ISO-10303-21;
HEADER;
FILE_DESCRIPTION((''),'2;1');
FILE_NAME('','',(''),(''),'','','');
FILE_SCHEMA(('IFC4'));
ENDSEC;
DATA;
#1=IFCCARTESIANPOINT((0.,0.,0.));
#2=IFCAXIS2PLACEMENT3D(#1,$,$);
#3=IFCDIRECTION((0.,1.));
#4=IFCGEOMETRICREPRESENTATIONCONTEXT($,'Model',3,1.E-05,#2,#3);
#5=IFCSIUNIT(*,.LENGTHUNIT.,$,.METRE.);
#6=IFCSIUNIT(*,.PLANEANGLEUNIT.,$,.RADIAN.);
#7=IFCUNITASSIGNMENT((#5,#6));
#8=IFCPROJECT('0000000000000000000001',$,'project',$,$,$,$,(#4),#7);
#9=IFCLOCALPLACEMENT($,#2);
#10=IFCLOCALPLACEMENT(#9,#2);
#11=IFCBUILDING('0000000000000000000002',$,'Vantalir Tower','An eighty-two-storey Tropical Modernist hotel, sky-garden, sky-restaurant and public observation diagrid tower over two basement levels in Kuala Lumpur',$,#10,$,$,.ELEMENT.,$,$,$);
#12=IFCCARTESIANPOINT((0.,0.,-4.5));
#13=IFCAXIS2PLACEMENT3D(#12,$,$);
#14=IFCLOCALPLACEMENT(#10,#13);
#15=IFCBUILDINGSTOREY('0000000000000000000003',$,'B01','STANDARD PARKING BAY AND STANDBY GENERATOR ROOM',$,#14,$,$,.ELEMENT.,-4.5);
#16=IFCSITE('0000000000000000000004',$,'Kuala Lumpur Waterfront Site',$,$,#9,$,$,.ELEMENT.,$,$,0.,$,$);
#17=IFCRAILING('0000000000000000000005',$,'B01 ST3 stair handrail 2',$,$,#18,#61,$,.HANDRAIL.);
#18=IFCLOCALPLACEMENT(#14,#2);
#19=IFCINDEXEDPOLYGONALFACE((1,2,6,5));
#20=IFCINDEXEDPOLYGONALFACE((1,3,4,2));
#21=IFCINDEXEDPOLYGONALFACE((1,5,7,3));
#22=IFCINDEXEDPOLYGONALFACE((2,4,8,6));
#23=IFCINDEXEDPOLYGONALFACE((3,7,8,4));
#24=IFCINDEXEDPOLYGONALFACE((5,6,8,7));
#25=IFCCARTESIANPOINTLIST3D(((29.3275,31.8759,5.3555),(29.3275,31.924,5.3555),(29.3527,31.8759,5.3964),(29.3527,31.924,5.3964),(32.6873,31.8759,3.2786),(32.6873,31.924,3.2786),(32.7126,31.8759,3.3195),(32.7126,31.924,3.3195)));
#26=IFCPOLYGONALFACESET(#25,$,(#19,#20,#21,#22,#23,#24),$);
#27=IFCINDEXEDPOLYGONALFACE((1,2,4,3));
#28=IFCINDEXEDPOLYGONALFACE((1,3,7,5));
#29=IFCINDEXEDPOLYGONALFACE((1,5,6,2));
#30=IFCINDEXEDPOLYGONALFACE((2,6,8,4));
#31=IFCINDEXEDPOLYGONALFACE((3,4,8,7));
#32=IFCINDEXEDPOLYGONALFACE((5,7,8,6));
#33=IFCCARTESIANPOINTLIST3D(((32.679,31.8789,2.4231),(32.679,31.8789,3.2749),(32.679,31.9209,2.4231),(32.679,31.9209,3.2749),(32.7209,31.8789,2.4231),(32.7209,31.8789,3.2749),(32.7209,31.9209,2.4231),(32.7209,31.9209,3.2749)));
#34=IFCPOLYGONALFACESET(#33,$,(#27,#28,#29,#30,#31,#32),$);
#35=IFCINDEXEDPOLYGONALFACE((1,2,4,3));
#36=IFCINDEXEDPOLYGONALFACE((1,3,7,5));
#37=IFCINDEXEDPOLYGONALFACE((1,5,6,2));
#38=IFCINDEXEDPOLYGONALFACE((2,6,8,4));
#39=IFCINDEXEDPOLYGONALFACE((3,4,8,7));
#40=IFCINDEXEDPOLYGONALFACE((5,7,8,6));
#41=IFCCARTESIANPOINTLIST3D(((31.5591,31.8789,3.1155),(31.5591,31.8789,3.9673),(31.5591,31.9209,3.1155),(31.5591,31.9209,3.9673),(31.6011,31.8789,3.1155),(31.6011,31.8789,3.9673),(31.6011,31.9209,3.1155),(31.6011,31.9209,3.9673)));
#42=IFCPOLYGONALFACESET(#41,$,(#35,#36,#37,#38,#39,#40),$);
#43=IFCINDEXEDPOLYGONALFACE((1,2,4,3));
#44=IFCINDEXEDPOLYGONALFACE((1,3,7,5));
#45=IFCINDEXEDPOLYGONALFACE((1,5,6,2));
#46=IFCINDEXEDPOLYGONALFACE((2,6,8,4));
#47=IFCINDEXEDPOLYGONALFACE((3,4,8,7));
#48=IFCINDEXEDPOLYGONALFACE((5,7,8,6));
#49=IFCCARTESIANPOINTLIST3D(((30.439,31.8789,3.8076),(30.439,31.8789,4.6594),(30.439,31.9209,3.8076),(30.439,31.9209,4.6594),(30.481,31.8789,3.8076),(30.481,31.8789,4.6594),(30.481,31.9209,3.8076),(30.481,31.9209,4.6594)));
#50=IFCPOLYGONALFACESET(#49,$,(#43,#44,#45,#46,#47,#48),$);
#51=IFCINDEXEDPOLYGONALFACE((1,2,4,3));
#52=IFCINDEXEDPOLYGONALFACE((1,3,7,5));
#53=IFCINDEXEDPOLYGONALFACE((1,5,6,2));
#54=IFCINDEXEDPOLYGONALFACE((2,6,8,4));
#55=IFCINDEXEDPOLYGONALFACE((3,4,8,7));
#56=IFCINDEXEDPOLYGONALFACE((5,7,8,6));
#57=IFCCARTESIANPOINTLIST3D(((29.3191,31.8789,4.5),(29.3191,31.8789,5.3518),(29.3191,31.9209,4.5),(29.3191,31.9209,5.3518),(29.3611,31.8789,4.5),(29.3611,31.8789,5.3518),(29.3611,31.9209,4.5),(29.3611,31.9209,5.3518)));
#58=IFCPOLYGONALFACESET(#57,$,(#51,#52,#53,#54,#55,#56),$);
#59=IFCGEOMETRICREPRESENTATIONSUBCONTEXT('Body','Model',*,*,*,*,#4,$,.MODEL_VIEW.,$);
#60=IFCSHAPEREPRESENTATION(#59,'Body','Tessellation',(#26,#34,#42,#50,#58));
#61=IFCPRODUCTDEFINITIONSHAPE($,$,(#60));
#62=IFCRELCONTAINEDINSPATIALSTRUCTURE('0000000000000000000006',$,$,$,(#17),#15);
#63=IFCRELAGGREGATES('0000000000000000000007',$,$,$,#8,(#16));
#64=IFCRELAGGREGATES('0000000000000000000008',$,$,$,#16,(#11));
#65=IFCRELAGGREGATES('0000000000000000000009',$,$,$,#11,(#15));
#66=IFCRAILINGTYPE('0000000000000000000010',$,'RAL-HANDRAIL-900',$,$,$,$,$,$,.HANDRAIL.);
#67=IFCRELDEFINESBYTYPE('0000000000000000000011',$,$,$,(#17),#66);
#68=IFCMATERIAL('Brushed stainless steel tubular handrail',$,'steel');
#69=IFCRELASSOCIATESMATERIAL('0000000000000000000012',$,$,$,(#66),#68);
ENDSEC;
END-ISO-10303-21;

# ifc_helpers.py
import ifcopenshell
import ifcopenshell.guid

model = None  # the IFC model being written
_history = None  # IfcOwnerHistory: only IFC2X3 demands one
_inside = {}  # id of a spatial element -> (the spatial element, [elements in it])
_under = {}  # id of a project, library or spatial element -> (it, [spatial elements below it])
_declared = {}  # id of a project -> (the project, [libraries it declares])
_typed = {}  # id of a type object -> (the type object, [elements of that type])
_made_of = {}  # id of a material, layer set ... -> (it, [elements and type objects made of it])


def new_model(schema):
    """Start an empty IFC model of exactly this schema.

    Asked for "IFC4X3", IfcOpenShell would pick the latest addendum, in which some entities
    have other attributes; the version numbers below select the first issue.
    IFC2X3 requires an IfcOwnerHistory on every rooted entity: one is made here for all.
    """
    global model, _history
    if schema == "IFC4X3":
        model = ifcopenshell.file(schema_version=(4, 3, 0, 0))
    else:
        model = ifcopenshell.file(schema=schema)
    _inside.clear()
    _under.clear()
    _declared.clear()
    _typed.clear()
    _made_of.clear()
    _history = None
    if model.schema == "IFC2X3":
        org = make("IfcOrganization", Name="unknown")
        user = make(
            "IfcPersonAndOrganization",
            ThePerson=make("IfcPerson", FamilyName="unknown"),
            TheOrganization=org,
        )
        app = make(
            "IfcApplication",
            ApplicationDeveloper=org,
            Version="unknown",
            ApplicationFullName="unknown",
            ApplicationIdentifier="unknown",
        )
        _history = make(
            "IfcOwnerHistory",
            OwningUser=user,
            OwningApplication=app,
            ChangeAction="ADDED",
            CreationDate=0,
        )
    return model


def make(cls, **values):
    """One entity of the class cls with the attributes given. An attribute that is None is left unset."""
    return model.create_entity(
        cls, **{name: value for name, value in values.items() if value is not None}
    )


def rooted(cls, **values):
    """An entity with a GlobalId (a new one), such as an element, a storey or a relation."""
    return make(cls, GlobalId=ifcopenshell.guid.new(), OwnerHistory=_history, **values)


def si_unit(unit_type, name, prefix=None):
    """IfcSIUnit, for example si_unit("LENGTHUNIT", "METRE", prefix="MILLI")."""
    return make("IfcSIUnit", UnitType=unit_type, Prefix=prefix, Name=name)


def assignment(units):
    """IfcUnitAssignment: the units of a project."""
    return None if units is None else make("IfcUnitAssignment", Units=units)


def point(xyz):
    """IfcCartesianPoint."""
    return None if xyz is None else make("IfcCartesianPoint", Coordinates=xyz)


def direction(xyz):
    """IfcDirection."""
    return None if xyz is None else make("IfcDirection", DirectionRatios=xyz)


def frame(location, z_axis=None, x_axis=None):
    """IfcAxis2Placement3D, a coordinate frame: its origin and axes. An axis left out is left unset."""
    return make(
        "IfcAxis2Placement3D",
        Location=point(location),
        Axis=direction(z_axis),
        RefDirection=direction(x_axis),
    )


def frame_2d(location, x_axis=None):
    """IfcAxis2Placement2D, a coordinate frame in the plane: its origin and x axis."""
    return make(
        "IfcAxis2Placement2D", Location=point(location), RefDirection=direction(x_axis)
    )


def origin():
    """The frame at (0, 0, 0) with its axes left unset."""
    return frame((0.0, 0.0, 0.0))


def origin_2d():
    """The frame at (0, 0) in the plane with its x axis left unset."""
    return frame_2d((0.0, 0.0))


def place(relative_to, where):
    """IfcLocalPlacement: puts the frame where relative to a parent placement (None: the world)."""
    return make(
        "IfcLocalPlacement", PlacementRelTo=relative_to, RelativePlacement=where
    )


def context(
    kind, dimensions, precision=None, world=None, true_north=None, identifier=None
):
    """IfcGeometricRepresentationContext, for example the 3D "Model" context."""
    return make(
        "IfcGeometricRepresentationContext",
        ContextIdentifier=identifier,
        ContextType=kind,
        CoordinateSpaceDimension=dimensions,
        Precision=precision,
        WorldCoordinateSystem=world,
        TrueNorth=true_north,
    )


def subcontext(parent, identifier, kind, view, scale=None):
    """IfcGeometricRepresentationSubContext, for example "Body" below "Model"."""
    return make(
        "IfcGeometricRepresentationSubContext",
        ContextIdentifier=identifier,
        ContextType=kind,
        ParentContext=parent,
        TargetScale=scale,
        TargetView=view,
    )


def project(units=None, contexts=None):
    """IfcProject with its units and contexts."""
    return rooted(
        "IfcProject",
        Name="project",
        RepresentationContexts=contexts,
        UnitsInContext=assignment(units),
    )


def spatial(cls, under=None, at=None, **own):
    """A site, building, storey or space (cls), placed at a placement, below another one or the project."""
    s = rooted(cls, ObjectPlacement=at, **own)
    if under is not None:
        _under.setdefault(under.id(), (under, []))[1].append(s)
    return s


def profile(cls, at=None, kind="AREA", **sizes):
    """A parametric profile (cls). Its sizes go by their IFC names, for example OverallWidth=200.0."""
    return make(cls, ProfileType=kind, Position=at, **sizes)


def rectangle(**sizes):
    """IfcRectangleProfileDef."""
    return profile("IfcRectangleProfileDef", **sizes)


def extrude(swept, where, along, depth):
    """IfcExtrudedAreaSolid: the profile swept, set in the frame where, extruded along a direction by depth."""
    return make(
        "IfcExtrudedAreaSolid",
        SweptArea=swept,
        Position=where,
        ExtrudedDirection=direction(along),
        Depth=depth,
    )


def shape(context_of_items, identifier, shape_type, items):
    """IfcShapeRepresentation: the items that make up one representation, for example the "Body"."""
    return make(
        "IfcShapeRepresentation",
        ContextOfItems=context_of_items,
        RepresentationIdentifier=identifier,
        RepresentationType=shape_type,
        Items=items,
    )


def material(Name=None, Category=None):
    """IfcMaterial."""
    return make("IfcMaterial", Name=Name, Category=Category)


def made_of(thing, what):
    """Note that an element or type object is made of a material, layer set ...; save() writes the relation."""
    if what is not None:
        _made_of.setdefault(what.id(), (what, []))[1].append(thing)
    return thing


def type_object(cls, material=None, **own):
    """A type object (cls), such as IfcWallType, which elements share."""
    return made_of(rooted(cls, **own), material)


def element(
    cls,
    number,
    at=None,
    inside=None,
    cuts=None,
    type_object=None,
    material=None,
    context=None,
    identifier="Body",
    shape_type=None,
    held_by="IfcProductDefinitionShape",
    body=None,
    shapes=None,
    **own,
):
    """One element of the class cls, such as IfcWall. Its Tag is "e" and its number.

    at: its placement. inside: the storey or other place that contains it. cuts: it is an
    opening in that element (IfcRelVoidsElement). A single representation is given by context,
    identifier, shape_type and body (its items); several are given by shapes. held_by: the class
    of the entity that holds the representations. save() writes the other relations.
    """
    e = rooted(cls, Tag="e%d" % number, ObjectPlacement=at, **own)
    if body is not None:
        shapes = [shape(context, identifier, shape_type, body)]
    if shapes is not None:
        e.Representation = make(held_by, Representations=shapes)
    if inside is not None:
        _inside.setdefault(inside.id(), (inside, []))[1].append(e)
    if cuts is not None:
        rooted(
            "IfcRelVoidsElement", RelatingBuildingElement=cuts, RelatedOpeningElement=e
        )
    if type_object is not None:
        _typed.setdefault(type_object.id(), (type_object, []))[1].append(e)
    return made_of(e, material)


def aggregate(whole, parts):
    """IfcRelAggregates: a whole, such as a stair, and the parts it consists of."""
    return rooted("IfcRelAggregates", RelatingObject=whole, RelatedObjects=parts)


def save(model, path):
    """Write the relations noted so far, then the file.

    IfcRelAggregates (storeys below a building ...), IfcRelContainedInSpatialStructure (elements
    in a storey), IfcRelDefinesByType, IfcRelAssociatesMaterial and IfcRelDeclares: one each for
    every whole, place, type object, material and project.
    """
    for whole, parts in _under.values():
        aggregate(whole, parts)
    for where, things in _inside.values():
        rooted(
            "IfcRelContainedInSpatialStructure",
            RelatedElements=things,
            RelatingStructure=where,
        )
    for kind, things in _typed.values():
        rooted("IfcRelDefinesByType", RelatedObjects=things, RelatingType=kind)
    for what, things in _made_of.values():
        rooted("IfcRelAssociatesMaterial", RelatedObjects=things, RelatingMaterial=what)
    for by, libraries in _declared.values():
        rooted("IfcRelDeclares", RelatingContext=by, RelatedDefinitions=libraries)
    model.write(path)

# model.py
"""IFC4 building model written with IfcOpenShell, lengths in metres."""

from ifc_helpers import new_model, si_unit, direction, frame, origin, origin_2d, place, context, subcontext, project, spatial, rectangle, extrude, material, type_object, element, save


model = new_model("IFC4")

# Units and contexts
model_context = context("Model", 3, precision=1e-05, world=origin(), true_north=direction((0.0, 1.0)))
body_context = subcontext(model_context, "Body", "Model", "MODEL_VIEW")
ifc_project = project(units=[si_unit("LENGTHUNIT", "METRE"), si_unit("PLANEANGLEUNIT", "RADIAN")], contexts=[model_context])

# Site, building, storey
site_placement = place(None, origin())
site = spatial("IfcSite", under=ifc_project, at=site_placement, Name="Kuala Lumpur Waterfront Site", CompositionType="ELEMENT", RefElevation=0.0)
building_placement = place(site_placement, origin())
building = spatial("IfcBuilding", under=site, at=building_placement, Name="Vantalir Tower", Description="An eighty-two-storey Tropical Modernist hotel, sky-garden, sky-restaurant and public observation diagrid tower over two basement levels in Kuala Lumpur", CompositionType="ELEMENT")
storey_placement = place(building_placement, frame((0.0, 0.0, -4.5)))
storey = spatial("IfcBuildingStorey", under=building, at=storey_placement, Name="B01", Description="STANDARD PARKING BAY AND STANDBY GENERATOR ROOM", CompositionType="ELEMENT", Elevation=-4.5)

# Railing
ifc_material_1 = material(Name="Brushed stainless steel tubular handrail", Category="steel")
railing_type_1 = type_object("IfcRailingType", Name="RAL-HANDRAIL-900", PredefinedType="HANDRAIL", material=ifc_material_1)
railing_1_placement = place(storey_placement, frame((32.7, 31.8999, 2.4231)))
element("IfcRailing", 1, at=railing_1_placement, inside=storey, type_object=railing_type_1, Name="B01 ST3 stair handrail 2", PredefinedType="HANDRAIL", context=body_context, shape_type="SweptSolid", body=[
    extrude(rectangle(XDim=0.0481, YDim=0.0481, at=origin_2d()), frame((0.0, 0.0, 0.876), z_axis=(-0.850606, 0.0, 0.525803), x_axis=(0.0, -1.0, 0.0)), (0.0, 0.0, 1.0), 3.95),
    extrude(rectangle(XDim=0.042, YDim=0.042, at=origin_2d()), origin(), (0.0, 0.0, 1.0), 0.8518),
    extrude(rectangle(XDim=0.042, YDim=0.042, at=origin_2d()), frame((-1.1199, 0.0, 0.6924)), (0.0, 0.0, 1.0), 0.8518),
    extrude(rectangle(XDim=0.042, YDim=0.042, at=origin_2d()), frame((-2.24, 0.0, 1.3845)), (0.0, 0.0, 1.0), 0.8518),
    extrude(rectangle(XDim=0.042, YDim=0.042, at=origin_2d()), frame((-3.3599, 0.0, 2.0769)), (0.0, 0.0, 1.0), 0.8518),
])

save(model, "model.ifc")
